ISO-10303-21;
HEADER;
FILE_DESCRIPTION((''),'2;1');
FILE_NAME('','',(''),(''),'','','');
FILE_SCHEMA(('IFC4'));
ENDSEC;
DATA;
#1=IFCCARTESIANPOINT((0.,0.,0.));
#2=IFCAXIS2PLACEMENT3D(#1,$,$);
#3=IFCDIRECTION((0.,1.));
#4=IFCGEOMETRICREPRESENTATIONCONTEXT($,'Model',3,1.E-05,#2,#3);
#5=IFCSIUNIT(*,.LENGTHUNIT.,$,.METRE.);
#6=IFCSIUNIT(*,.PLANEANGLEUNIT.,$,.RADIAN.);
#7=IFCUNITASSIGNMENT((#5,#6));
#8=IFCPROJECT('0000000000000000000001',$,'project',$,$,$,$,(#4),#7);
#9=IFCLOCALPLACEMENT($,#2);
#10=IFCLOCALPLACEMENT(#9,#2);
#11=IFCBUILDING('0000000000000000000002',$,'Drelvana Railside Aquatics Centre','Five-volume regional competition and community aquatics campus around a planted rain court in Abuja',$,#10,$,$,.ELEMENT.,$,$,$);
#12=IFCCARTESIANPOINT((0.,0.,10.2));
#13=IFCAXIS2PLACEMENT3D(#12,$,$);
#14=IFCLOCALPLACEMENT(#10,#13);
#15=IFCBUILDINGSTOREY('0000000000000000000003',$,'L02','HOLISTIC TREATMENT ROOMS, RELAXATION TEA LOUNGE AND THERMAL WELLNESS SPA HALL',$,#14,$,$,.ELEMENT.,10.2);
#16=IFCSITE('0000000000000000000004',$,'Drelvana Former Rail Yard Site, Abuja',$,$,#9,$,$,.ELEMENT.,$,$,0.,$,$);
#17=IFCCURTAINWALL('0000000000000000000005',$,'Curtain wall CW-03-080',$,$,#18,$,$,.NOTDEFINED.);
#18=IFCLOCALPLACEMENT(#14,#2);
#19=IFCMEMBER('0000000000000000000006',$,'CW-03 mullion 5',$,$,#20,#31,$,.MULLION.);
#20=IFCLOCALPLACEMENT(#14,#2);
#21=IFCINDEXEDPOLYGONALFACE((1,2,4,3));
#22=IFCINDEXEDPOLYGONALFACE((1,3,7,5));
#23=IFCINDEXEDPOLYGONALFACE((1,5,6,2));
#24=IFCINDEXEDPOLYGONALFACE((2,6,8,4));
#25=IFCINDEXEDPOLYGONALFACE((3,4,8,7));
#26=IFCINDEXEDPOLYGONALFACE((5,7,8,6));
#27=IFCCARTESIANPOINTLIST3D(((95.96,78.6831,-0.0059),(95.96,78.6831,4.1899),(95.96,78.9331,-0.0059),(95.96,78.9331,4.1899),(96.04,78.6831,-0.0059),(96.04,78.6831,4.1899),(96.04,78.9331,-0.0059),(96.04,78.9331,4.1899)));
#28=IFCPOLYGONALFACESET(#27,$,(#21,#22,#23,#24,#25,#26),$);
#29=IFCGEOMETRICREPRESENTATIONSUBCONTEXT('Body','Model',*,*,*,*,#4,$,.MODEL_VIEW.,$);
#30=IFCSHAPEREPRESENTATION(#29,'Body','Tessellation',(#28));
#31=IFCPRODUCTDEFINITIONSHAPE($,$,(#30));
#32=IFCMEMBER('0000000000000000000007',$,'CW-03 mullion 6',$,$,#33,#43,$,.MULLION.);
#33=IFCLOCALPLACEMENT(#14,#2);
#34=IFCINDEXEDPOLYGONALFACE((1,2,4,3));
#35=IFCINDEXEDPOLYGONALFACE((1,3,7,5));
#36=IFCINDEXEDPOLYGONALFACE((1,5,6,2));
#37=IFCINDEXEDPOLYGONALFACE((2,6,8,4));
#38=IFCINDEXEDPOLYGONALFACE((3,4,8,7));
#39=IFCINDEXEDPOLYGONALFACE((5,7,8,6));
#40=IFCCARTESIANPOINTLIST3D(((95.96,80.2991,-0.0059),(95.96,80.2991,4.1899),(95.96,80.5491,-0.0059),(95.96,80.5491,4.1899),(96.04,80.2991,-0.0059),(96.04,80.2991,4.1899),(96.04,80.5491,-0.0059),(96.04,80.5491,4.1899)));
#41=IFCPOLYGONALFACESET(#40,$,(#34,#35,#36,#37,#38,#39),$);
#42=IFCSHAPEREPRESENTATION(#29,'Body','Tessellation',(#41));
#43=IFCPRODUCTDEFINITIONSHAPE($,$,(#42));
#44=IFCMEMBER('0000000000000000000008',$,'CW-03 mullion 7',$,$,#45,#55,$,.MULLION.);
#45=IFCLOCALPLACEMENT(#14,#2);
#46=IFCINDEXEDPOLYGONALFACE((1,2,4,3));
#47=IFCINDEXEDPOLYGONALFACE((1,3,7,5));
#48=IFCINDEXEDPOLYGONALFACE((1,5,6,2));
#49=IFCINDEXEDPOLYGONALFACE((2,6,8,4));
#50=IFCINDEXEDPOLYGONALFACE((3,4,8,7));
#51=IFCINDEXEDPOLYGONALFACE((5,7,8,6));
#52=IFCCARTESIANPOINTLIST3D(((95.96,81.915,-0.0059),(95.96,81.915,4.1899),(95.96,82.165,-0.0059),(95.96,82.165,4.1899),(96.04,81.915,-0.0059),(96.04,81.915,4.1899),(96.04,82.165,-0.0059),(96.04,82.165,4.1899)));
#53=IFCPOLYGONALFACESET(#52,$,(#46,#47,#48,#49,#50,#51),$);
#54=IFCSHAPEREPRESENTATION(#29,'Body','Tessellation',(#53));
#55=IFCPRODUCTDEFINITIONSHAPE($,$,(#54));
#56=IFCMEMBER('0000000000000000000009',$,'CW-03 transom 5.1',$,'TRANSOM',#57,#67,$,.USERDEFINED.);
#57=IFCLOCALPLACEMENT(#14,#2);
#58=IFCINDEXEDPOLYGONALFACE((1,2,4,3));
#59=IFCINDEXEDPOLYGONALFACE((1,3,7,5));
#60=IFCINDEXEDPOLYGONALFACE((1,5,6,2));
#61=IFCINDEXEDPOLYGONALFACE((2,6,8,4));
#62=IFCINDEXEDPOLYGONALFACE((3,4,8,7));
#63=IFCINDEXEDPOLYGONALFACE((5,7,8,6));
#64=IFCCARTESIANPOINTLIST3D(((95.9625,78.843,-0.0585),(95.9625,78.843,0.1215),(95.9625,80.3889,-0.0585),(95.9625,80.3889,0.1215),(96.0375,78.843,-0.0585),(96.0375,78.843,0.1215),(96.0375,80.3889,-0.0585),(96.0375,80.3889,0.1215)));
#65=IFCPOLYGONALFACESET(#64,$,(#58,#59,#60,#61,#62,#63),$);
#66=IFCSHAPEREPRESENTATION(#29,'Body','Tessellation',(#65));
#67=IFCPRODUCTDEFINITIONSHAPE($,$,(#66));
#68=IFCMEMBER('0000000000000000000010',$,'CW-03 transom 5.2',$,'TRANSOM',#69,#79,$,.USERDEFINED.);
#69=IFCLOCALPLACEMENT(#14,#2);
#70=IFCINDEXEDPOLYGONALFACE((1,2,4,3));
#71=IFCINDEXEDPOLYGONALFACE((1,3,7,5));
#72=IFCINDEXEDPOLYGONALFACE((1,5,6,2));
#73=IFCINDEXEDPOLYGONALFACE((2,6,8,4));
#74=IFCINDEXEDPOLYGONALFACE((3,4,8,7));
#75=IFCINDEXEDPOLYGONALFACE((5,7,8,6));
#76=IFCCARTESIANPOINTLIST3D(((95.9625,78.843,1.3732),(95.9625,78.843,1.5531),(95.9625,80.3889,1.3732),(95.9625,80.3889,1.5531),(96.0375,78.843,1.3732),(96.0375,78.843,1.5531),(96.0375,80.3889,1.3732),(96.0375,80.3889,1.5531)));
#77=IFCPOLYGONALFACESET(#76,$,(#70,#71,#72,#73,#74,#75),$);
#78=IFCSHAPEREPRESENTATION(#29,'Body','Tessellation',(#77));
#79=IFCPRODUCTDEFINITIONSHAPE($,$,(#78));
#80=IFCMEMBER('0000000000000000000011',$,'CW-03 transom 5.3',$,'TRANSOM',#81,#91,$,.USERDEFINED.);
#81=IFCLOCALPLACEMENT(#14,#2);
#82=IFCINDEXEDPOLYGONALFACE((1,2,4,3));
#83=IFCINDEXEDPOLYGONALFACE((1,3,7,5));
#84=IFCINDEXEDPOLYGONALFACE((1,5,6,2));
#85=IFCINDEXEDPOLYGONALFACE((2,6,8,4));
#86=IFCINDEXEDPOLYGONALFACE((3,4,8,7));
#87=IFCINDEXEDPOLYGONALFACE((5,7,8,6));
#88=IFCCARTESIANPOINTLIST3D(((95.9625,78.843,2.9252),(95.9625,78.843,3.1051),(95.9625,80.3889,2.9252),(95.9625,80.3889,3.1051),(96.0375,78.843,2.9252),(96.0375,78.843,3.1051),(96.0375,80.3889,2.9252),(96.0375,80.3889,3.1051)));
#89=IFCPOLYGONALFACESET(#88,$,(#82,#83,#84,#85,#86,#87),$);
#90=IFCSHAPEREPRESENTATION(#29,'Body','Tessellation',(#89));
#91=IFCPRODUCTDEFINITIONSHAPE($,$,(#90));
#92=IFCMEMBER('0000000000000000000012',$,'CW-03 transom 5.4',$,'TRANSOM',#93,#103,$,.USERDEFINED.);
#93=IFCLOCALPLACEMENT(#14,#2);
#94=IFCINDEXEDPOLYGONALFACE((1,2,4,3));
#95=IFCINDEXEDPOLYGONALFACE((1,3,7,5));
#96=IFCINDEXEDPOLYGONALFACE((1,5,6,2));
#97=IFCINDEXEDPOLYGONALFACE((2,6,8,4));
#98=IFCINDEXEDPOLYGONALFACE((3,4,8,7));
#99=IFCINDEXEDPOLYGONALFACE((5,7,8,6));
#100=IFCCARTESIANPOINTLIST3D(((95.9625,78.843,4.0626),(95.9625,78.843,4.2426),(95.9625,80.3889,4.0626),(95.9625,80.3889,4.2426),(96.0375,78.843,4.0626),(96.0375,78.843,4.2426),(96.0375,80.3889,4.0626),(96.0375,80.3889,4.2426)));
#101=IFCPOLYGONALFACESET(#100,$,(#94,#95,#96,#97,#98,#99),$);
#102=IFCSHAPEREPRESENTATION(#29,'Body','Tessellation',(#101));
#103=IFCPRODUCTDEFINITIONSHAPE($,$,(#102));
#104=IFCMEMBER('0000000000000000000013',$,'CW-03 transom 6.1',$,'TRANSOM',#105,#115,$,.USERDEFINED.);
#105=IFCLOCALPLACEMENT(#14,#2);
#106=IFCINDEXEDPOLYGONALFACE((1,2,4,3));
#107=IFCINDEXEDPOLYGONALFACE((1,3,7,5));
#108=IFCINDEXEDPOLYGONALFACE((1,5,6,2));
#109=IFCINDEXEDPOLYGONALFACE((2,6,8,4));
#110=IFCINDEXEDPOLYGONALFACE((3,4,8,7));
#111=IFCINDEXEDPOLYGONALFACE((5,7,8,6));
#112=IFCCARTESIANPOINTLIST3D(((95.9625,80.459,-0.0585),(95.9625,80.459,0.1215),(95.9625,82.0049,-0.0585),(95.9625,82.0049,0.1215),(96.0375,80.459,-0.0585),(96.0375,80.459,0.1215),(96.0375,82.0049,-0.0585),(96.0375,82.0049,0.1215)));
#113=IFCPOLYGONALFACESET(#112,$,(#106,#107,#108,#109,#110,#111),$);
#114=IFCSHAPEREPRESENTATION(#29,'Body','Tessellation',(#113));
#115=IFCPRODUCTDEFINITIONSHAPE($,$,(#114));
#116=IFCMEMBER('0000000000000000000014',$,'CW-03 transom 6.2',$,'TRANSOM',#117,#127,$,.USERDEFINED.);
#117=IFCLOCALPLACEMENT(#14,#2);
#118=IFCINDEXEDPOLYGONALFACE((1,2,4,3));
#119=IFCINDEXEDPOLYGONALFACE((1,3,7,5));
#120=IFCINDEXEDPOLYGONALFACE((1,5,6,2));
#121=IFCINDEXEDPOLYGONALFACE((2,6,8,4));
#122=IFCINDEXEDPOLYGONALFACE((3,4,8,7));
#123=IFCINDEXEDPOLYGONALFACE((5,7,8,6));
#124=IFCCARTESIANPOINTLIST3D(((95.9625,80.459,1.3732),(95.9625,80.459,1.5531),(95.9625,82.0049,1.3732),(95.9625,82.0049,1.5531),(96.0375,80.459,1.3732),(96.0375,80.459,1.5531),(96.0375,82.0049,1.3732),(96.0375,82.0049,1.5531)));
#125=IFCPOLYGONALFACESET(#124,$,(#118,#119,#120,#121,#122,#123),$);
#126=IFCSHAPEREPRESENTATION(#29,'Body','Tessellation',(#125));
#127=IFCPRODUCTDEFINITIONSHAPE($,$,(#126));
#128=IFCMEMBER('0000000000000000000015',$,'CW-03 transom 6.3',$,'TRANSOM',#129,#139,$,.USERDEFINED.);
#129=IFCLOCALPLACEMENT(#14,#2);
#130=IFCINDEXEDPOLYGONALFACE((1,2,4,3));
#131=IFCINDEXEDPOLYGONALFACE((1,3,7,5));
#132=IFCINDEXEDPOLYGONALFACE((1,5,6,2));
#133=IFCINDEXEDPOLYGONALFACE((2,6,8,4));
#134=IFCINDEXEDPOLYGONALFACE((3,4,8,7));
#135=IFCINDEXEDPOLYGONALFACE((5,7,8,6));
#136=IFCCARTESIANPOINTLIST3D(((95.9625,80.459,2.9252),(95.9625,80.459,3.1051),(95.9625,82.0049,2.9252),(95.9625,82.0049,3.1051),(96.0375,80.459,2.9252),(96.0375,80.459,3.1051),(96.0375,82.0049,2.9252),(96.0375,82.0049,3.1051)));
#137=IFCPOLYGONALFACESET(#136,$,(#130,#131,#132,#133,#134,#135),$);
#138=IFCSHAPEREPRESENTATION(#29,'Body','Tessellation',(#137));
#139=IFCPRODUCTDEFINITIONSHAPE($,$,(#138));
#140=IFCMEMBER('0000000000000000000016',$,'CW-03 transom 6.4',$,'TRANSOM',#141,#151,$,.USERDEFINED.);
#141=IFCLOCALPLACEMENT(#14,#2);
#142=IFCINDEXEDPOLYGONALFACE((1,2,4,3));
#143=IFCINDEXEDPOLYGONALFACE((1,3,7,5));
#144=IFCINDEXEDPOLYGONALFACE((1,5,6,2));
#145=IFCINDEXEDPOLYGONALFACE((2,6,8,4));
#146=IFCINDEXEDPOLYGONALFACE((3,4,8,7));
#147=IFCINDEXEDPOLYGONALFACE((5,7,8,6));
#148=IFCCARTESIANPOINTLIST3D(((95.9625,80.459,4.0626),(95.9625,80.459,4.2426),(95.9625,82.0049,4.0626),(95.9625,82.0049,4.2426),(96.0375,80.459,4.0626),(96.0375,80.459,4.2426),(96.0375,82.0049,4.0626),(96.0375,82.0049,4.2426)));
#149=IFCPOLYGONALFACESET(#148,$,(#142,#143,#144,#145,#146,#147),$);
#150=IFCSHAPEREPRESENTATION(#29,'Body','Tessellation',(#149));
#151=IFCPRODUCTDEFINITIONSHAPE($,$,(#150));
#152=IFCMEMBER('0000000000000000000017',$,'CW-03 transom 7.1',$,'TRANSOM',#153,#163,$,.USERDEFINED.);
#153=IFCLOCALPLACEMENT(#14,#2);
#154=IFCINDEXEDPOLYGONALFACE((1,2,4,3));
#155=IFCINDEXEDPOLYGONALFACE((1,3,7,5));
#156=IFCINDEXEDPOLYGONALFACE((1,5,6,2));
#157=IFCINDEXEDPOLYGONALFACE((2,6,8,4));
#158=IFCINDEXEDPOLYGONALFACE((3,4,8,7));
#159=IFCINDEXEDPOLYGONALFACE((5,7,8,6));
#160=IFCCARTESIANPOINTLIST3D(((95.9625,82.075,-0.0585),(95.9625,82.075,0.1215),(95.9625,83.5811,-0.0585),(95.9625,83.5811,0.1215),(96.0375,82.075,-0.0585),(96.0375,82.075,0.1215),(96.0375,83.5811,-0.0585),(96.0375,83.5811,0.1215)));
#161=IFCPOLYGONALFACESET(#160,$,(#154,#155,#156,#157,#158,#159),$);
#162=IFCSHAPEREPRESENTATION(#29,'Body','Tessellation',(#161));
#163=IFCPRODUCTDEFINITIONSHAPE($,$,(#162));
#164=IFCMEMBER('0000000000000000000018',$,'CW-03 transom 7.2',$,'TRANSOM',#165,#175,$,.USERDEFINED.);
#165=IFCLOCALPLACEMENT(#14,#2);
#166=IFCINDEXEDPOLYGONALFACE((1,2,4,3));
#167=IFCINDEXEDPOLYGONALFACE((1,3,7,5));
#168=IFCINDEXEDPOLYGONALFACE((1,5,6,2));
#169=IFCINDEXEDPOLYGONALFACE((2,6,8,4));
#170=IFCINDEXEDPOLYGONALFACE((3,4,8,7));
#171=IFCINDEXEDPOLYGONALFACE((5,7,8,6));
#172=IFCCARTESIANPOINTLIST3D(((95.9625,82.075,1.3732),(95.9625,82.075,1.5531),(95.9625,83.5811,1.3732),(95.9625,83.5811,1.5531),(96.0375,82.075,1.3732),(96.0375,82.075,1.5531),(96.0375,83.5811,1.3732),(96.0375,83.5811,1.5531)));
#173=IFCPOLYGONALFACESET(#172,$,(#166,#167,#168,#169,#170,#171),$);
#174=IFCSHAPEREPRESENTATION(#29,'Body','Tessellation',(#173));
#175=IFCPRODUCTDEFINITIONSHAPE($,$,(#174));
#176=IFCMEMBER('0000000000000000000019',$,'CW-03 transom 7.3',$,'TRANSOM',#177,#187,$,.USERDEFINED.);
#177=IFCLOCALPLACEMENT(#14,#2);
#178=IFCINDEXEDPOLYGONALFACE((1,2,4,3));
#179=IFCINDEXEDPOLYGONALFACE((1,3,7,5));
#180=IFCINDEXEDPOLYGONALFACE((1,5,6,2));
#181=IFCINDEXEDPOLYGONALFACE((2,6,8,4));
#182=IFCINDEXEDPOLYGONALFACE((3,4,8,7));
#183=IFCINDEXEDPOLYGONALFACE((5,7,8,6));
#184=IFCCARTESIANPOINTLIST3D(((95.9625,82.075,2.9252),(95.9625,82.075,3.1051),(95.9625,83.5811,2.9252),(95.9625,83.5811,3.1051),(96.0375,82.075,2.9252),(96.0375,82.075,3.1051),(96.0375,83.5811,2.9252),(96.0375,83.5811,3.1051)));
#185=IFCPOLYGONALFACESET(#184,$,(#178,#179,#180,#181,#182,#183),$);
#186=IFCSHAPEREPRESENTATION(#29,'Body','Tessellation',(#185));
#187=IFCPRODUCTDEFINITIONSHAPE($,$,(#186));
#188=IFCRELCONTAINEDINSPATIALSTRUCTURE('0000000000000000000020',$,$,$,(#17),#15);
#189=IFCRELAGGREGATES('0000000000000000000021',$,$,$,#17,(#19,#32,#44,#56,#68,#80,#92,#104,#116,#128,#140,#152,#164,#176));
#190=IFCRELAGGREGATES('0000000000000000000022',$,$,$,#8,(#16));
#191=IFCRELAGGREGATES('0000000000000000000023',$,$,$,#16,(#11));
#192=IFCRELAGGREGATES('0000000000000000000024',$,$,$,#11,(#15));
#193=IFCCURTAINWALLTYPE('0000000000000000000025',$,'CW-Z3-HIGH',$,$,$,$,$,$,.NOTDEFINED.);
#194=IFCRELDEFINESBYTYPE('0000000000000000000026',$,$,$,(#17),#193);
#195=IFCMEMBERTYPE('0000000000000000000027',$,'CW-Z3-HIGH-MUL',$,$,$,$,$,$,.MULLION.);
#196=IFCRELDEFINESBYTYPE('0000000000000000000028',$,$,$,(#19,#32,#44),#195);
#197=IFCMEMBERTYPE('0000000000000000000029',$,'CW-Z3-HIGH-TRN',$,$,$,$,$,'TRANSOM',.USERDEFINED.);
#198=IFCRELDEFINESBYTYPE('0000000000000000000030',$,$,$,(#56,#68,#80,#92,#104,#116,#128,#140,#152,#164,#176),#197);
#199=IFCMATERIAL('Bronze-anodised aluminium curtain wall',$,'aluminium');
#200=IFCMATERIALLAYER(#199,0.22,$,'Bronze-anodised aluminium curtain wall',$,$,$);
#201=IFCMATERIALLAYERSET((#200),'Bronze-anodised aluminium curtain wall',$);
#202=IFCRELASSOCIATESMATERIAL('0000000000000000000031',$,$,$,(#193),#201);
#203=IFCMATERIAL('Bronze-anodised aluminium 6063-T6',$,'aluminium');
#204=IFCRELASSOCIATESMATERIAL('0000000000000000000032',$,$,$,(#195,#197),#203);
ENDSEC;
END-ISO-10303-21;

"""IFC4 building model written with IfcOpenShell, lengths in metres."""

from ifc_helpers import new_model, si_unit, direction, frame, origin, origin_2d, place, context, subcontext, project, spatial, rectangle, extrude, material, layer, layer_set, material_profile, profile_set, type_object, element, aggregate, save


model = new_model("IFC4")

# Units and contexts
model_context = context("Model", 3, precision=1e-05, world=origin(), true_north=direction((0.0, 1.0)))
body_context = subcontext(model_context, "Body", "Model", "MODEL_VIEW")
ifc_project = project(units=[si_unit("LENGTHUNIT", "METRE"), si_unit("PLANEANGLEUNIT", "RADIAN")], contexts=[model_context])

# Site, building, storey
site_placement = place(None, origin())
site = spatial("IfcSite", under=ifc_project, at=site_placement, Name="Drelvana Former Rail Yard Site, Abuja", CompositionType="ELEMENT", RefElevation=0.0)
building_placement = place(site_placement, origin())
building = spatial("IfcBuilding", under=site, at=building_placement, Name="Drelvana Railside Aquatics Centre", Description="Five-volume regional competition and community aquatics campus around a planted rain court in Abuja", CompositionType="ELEMENT")
storey_placement = place(building_placement, frame((0.0, 0.0, 10.2)))
storey = spatial("IfcBuildingStorey", under=building, at=storey_placement, Name="L02", Description="HOLISTIC TREATMENT ROOMS, RELAXATION TEA LOUNGE AND THERMAL WELLNESS SPA HALL", CompositionType="ELEMENT", Elevation=10.2)

# Curtain wall, members
ifc_material_1 = material(Name="Bronze-anodised aluminium curtain wall", Category="aluminium")
ifc_layer_1 = layer(ifc_material_1, 0.22, Name="Bronze-anodised aluminium curtain wall")
ifc_layer_set_1 = layer_set([ifc_layer_1], Name="Bronze-anodised aluminium curtain wall")
curtain_wall_type = type_object("IfcCurtainWallType", Name="CW-Z3-HIGH", PredefinedType="NOTDEFINED", material=ifc_layer_set_1)
curtain_wall_placement = place(storey_placement, origin())
curtain_wall = element("IfcCurtainWall", 1, at=curtain_wall_placement, inside=storey, type_object=curtain_wall_type, Name="Curtain wall CW-03-080", PredefinedType="NOTDEFINED")
ifc_material_2 = material(Name="Bronze-anodised aluminium 6063-T6", Category="aluminium")
ifc_material_profile_1 = material_profile(ifc_material_2, rectangle(XDim=0.0801, YDim=0.25, at=origin_2d()), Name="ALU-M 80x250")
ifc_profile_set_1 = profile_set([ifc_material_profile_1], Name="Bronze-anodised aluminium 6063-T6")
member_type_1 = type_object("IfcMemberType", Name="CW-Z3-HIGH-MUL", PredefinedType="MULLION", material=ifc_profile_set_1)
member_1_placement = place(storey_placement, frame((96.0, 78.8081, -0.0059), z_axis=(0.0, 0.0, 1.0), x_axis=(-1.0, 0.0, 0.0)))
member_1 = element("IfcMember", 2, at=member_1_placement, type_object=member_type_1, Name="CW-03 mullion 5", PredefinedType="MULLION", context=body_context, shape_type="SweptSolid", body=[
    extrude(rectangle(XDim=0.0801, YDim=0.25, at=origin_2d()), origin(), (0.0, 0.0, 1.0), 4.1958),
])
member_2_placement = place(storey_placement, frame((96.0, 80.4241, -0.0059), z_axis=(0.0, 0.0, 1.0), x_axis=(-1.0, 0.0, 0.0)))
member_2 = element("IfcMember", 3, at=member_2_placement, type_object=member_type_1, Name="CW-03 mullion 6", PredefinedType="MULLION", context=body_context, shape_type="SweptSolid", body=[
    extrude(rectangle(XDim=0.0801, YDim=0.25, at=origin_2d()), origin(), (0.0, 0.0, 1.0), 4.1958),
])
member_3_placement = place(storey_placement, frame((96.0, 82.04, -0.0059), z_axis=(0.0, 0.0, 1.0), x_axis=(-1.0, 0.0, 0.0)))
member_3 = element("IfcMember", 4, at=member_3_placement, type_object=member_type_1, Name="CW-03 mullion 7", PredefinedType="MULLION", context=body_context, shape_type="SweptSolid", body=[
    extrude(rectangle(XDim=0.0801, YDim=0.25, at=origin_2d()), origin(), (0.0, 0.0, 1.0), 4.1958),
])
ifc_material_profile_2 = material_profile(ifc_material_2, rectangle(XDim=0.1799, YDim=0.075, at=origin_2d()), Name="ALU-T 75x180")
ifc_profile_set_2 = profile_set([ifc_material_profile_2], Name="Bronze-anodised aluminium 6063-T6")
member_type_2 = type_object("IfcMemberType", Name="CW-Z3-HIGH-TRN", ElementType="TRANSOM", PredefinedType="USERDEFINED", material=ifc_profile_set_2)
member_4_placement = place(storey_placement, frame((96.0, 78.843, 0.0315), z_axis=(0.0, 1.0, 0.0), x_axis=(0.0, 0.0, 1.0)))
member_4 = element("IfcMember", 5, at=member_4_placement, type_object=member_type_2, Name="CW-03 transom 5.1", ObjectType="TRANSOM", PredefinedType="USERDEFINED", context=body_context, shape_type="SweptSolid", body=[
    extrude(rectangle(XDim=0.1799, YDim=0.075, at=origin_2d()), origin(), (0.0, 0.0, 1.0), 1.5459),
])
member_5_placement = place(storey_placement, frame((96.0, 78.843, 1.4631), z_axis=(0.0, 1.0, 0.0), x_axis=(0.0, 0.0, 1.0)))
member_5 = element("IfcMember", 6, at=member_5_placement, type_object=member_type_2, Name="CW-03 transom 5.2", ObjectType="TRANSOM", PredefinedType="USERDEFINED", context=body_context, shape_type="SweptSolid", body=[
    extrude(rectangle(XDim=0.1799, YDim=0.075, at=origin_2d()), origin(), (0.0, 0.0, 1.0), 1.5459),
])
member_6_placement = place(storey_placement, frame((96.0, 78.843, 3.0151), z_axis=(0.0, 1.0, 0.0), x_axis=(0.0, 0.0, 1.0)))
member_6 = element("IfcMember", 7, at=member_6_placement, type_object=member_type_2, Name="CW-03 transom 5.3", ObjectType="TRANSOM", PredefinedType="USERDEFINED", context=body_context, shape_type="SweptSolid", body=[
    extrude(rectangle(XDim=0.1799, YDim=0.075, at=origin_2d()), origin(), (0.0, 0.0, 1.0), 1.5459),
])
member_7_placement = place(storey_placement, frame((96.0, 78.843, 4.1526), z_axis=(0.0, 1.0, 0.0), x_axis=(0.0, 0.0, 1.0)))
member_7 = element("IfcMember", 8, at=member_7_placement, type_object=member_type_2, Name="CW-03 transom 5.4", ObjectType="TRANSOM", PredefinedType="USERDEFINED", context=body_context, shape_type="SweptSolid", body=[
    extrude(rectangle(XDim=0.1799, YDim=0.075, at=origin_2d()), origin(), (0.0, 0.0, 1.0), 1.5459),
])
member_8_placement = place(storey_placement, frame((96.0, 80.459, 0.0315), z_axis=(0.0, 1.0, 0.0), x_axis=(0.0, 0.0, 1.0)))
member_8 = element("IfcMember", 9, at=member_8_placement, type_object=member_type_2, Name="CW-03 transom 6.1", ObjectType="TRANSOM", PredefinedType="USERDEFINED", context=body_context, shape_type="SweptSolid", body=[
    extrude(rectangle(XDim=0.1799, YDim=0.075, at=origin_2d()), origin(), (0.0, 0.0, 1.0), 1.5459),
])
member_9_placement = place(storey_placement, frame((96.0, 80.459, 1.4631), z_axis=(0.0, 1.0, 0.0), x_axis=(0.0, 0.0, 1.0)))
member_9 = element("IfcMember", 10, at=member_9_placement, type_object=member_type_2, Name="CW-03 transom 6.2", ObjectType="TRANSOM", PredefinedType="USERDEFINED", context=body_context, shape_type="SweptSolid", body=[
    extrude(rectangle(XDim=0.1799, YDim=0.075, at=origin_2d()), origin(), (0.0, 0.0, 1.0), 1.5459),
])
member_10_placement = place(storey_placement, frame((96.0, 80.459, 3.0151), z_axis=(0.0, 1.0, 0.0), x_axis=(0.0, 0.0, 1.0)))
member_10 = element("IfcMember", 11, at=member_10_placement, type_object=member_type_2, Name="CW-03 transom 6.3", ObjectType="TRANSOM", PredefinedType="USERDEFINED", context=body_context, shape_type="SweptSolid", body=[
    extrude(rectangle(XDim=0.1799, YDim=0.075, at=origin_2d()), origin(), (0.0, 0.0, 1.0), 1.5459),
])
member_11_placement = place(storey_placement, frame((96.0, 80.459, 4.1526), z_axis=(0.0, 1.0, 0.0), x_axis=(0.0, 0.0, 1.0)))
member_11 = element("IfcMember", 12, at=member_11_placement, type_object=member_type_2, Name="CW-03 transom 6.4", ObjectType="TRANSOM", PredefinedType="USERDEFINED", context=body_context, shape_type="SweptSolid", body=[
    extrude(rectangle(XDim=0.1799, YDim=0.075, at=origin_2d()), origin(), (0.0, 0.0, 1.0), 1.5459),
])
member_12_placement = place(storey_placement, frame((96.0, 82.075, 0.0315), z_axis=(0.0, 1.0, 0.0), x_axis=(0.0, 0.0, 1.0)))
member_12 = element("IfcMember", 13, at=member_12_placement, type_object=member_type_2, Name="CW-03 transom 7.1", ObjectType="TRANSOM", PredefinedType="USERDEFINED", context=body_context, shape_type="SweptSolid", body=[
    extrude(rectangle(XDim=0.1799, YDim=0.075, at=origin_2d()), origin(), (0.0, 0.0, 1.0), 1.5061),
])
member_13_placement = place(storey_placement, frame((96.0, 82.075, 1.4631), z_axis=(0.0, 1.0, 0.0), x_axis=(0.0, 0.0, 1.0)))
member_13 = element("IfcMember", 14, at=member_13_placement, type_object=member_type_2, Name="CW-03 transom 7.2", ObjectType="TRANSOM", PredefinedType="USERDEFINED", context=body_context, shape_type="SweptSolid", body=[
    extrude(rectangle(XDim=0.1799, YDim=0.075, at=origin_2d()), origin(), (0.0, 0.0, 1.0), 1.5061),
])
member_14_placement = place(storey_placement, frame((96.0, 82.075, 3.0151), z_axis=(0.0, 1.0, 0.0), x_axis=(0.0, 0.0, 1.0)))
member_14 = element("IfcMember", 15, at=member_14_placement, type_object=member_type_2, Name="CW-03 transom 7.3", ObjectType="TRANSOM", PredefinedType="USERDEFINED", context=body_context, shape_type="SweptSolid", body=[
    extrude(rectangle(XDim=0.1799, YDim=0.075, at=origin_2d()), origin(), (0.0, 0.0, 1.0), 1.5061),
])
aggregate(curtain_wall, [member_1, member_2, member_3, member_4, member_5, member_6, member_7, member_8, member_9, member_10, member_11, member_12, member_13, member_14])

save(model, "model.ifc")
